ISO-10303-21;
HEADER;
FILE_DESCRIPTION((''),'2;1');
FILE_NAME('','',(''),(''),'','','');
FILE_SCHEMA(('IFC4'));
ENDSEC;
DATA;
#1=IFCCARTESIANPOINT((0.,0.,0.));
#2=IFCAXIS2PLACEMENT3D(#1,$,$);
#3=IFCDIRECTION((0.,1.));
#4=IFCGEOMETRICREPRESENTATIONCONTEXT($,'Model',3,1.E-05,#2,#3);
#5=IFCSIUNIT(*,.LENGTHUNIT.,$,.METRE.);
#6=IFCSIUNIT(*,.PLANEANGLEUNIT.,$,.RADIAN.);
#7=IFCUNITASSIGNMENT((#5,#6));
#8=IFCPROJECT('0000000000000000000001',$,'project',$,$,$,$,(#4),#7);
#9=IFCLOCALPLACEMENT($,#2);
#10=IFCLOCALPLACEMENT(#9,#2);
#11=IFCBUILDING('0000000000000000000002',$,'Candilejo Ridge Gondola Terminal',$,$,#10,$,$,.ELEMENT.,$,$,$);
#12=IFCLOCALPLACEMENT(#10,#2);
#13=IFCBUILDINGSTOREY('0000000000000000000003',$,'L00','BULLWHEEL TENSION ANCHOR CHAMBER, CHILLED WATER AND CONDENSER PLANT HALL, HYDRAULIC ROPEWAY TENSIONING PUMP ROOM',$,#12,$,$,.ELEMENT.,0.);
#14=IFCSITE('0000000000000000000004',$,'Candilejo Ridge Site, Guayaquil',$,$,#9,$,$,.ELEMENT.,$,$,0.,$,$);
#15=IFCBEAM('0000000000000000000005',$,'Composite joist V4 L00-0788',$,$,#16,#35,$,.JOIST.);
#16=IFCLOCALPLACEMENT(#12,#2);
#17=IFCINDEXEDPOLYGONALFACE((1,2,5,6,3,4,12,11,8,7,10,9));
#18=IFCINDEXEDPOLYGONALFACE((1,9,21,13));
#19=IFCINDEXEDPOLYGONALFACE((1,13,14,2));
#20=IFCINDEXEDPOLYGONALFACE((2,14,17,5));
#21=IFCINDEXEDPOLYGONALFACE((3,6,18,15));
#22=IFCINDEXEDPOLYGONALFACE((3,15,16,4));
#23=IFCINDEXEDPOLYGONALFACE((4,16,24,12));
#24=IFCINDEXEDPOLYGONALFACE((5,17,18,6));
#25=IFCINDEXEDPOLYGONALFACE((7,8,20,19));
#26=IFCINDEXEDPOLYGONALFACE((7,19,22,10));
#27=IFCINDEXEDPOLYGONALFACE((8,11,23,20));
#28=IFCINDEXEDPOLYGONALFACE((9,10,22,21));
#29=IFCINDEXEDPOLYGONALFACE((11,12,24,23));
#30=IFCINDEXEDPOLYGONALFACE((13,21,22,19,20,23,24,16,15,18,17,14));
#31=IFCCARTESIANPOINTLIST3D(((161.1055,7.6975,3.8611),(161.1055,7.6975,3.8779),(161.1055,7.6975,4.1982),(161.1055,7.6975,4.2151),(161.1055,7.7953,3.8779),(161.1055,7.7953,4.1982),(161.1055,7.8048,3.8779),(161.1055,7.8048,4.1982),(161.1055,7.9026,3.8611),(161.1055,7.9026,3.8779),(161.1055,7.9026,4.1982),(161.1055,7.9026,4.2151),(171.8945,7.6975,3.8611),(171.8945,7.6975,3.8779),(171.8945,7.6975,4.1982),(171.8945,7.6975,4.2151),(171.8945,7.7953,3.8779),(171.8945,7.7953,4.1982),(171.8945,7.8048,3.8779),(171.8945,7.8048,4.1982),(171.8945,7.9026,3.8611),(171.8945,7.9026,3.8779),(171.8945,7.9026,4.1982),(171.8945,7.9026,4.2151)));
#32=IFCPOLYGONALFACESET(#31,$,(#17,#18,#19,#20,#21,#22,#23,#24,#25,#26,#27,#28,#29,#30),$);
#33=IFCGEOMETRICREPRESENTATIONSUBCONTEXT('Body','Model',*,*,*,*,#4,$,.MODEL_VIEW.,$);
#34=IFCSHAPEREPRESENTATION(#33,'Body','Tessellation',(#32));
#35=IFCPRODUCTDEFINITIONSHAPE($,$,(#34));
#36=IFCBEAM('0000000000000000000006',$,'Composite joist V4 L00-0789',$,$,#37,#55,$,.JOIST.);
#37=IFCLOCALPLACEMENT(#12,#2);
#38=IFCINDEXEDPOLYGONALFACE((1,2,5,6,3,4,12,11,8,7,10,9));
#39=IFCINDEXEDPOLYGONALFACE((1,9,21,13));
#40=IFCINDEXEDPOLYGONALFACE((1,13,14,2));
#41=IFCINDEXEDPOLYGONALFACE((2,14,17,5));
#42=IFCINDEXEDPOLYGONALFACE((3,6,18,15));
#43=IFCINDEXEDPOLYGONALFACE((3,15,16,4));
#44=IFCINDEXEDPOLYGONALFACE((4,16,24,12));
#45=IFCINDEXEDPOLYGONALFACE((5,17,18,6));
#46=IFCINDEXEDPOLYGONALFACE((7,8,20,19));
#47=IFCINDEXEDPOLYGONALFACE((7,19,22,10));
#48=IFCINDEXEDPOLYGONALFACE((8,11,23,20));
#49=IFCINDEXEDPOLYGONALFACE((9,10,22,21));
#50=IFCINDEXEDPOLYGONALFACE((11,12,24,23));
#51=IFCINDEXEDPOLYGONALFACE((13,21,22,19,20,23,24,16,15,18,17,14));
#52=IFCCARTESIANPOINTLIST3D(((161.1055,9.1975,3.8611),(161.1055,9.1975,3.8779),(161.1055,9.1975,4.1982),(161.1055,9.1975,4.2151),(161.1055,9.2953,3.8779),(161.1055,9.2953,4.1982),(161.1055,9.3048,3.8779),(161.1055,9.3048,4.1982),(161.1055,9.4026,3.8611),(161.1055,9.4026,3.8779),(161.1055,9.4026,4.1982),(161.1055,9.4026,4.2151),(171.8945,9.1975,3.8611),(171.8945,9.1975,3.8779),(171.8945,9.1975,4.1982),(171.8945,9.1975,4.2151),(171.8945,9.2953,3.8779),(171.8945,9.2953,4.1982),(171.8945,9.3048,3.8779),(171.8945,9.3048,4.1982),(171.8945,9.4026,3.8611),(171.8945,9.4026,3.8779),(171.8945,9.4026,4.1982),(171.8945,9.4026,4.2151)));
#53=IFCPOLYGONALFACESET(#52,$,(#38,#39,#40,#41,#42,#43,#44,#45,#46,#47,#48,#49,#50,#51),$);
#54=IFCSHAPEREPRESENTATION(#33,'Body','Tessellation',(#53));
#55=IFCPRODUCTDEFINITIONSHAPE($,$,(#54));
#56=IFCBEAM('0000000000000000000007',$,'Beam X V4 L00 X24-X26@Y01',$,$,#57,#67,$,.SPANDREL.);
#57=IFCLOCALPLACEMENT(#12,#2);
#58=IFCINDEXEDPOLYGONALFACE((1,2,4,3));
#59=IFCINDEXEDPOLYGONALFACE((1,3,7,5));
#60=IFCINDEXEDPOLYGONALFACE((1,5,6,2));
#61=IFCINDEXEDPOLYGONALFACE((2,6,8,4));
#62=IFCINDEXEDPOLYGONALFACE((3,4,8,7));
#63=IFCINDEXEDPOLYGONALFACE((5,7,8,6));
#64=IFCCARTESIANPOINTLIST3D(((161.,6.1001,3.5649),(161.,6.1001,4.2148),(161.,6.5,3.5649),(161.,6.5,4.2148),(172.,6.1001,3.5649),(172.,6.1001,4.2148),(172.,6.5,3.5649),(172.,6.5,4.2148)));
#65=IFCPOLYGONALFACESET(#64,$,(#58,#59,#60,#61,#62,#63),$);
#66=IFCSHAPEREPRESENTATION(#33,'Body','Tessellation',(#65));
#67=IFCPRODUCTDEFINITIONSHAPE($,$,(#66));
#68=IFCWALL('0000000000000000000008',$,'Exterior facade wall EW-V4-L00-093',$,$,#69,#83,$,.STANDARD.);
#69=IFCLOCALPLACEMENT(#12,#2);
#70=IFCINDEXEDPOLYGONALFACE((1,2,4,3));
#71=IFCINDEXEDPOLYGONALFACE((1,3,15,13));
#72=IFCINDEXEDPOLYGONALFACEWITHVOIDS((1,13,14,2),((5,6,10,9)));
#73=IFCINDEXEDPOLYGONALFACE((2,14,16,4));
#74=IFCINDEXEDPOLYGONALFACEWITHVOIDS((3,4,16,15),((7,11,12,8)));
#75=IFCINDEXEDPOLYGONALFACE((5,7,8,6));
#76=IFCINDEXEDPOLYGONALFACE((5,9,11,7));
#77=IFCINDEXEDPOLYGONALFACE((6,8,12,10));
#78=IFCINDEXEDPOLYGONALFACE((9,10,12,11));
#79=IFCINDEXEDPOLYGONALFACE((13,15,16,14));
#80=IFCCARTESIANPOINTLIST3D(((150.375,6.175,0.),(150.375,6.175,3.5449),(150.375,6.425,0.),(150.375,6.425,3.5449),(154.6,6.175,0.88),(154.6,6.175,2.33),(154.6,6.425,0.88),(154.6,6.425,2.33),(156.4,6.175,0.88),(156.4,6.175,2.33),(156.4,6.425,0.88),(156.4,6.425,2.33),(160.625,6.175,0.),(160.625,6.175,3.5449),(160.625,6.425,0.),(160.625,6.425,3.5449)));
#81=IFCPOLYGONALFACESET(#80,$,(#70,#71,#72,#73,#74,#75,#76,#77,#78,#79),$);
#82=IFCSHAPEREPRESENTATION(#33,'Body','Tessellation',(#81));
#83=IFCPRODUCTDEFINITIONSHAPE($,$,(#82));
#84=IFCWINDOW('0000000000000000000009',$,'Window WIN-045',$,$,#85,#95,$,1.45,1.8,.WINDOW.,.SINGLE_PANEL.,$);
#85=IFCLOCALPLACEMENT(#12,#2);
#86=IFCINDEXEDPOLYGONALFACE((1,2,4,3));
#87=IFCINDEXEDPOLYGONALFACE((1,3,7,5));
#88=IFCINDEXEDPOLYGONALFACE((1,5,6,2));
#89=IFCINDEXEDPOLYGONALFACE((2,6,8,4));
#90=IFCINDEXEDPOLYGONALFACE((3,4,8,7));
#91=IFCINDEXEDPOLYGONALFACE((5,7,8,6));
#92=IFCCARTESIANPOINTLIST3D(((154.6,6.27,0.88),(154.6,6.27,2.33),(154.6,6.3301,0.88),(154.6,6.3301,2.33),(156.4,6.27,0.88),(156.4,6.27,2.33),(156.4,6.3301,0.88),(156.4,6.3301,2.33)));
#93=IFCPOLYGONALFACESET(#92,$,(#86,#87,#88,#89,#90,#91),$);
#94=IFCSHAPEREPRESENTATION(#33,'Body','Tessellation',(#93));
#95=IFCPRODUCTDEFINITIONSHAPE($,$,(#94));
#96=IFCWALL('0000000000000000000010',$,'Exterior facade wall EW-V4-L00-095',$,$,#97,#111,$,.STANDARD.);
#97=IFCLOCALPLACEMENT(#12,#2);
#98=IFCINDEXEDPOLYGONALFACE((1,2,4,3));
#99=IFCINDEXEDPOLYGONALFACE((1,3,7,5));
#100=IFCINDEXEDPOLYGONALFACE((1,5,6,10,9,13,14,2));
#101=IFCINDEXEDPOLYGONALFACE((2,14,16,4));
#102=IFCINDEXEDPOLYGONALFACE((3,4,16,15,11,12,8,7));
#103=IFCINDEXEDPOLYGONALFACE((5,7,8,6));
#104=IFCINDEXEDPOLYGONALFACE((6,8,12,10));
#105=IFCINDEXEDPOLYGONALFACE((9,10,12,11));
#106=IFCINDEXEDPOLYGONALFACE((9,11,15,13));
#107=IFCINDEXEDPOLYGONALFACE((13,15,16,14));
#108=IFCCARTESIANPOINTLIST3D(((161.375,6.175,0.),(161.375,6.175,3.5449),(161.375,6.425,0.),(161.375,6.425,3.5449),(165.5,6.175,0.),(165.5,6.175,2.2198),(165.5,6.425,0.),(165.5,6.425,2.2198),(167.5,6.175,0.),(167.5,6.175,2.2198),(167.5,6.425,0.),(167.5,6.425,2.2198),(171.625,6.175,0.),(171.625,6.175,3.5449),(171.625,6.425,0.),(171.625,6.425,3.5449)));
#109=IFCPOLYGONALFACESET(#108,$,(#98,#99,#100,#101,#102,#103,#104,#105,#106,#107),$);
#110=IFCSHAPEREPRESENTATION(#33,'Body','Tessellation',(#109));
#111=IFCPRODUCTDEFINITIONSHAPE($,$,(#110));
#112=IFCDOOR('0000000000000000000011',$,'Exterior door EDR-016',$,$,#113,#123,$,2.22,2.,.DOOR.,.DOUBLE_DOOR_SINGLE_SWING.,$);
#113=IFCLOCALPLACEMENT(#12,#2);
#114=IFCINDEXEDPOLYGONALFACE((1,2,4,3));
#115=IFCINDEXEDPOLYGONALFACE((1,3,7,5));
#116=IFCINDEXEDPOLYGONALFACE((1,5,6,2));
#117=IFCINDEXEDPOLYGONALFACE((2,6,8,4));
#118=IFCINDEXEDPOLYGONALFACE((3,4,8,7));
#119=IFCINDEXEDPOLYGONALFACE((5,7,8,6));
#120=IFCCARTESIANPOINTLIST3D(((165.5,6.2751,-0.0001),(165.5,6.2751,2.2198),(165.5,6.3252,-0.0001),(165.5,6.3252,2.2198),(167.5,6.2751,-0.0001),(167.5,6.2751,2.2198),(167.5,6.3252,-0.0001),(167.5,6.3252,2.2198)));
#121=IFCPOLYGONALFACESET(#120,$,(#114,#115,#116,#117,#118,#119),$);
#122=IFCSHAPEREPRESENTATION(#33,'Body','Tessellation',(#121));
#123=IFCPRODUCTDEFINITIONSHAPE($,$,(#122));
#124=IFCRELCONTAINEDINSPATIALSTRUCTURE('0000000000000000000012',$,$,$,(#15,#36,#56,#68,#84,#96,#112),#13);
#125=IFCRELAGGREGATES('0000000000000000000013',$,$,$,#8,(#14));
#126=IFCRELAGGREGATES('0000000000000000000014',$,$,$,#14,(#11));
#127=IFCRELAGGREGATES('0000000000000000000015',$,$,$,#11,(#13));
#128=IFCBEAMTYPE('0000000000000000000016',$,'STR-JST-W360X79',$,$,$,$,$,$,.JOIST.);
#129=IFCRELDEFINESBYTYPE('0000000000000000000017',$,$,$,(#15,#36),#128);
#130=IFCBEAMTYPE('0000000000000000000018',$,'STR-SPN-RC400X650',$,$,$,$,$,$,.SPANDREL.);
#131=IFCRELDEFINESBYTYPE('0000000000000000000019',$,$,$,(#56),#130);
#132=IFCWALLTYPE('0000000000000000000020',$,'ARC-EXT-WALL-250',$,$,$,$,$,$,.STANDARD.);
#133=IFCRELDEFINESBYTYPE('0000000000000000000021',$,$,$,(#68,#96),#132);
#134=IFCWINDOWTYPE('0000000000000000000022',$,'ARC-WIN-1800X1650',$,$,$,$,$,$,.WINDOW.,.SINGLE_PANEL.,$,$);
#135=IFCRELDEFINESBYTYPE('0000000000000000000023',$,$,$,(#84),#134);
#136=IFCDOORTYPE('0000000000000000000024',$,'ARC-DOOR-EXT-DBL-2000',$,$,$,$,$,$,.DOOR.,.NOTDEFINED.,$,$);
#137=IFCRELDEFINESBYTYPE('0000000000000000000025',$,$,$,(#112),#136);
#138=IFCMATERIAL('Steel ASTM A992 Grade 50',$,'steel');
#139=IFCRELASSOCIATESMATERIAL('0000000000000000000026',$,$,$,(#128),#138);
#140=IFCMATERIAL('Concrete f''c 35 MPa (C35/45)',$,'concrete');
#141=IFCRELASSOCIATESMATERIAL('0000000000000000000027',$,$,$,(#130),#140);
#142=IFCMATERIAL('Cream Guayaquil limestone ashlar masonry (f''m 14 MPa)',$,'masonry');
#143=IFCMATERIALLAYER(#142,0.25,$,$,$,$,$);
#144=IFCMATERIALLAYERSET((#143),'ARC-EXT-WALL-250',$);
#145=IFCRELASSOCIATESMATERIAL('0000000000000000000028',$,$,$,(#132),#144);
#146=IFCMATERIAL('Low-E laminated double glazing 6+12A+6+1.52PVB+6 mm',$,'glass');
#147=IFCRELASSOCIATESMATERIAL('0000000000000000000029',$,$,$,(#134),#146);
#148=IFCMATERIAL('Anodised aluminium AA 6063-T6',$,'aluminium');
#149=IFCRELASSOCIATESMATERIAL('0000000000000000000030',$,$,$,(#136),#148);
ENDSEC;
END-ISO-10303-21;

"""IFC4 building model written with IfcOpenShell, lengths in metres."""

from ifc_helpers import new_model, si_unit, direction, frame, frame_2d, origin, origin_2d, place, context, subcontext, project, spatial, rectangle, i_section, extrude, material, layer, layer_set, material_profile, profile_set, type_object, element, fill, save


model = new_model("IFC4")

# Units and contexts
model_context = context("Model", 3, precision=1e-05, world=origin(), true_north=direction((0.0, 1.0)))
body_context = subcontext(model_context, "Body", "Model", "MODEL_VIEW")
ifc_project = project(units=[si_unit("LENGTHUNIT", "METRE"), si_unit("PLANEANGLEUNIT", "RADIAN")], contexts=[model_context])

# Site, building, storey
site_placement = place(None, origin())
site = spatial("IfcSite", under=ifc_project, at=site_placement, Name="Candilejo Ridge Site, Guayaquil", CompositionType="ELEMENT", RefElevation=0.0)
building_placement = place(site_placement, origin())
building = spatial("IfcBuilding", under=site, at=building_placement, Name="Candilejo Ridge Gondola Terminal", CompositionType="ELEMENT")
storey_placement = place(building_placement, origin())
storey = spatial("IfcBuildingStorey", under=building, at=storey_placement, Name="L00", Description="BULLWHEEL TENSION ANCHOR CHAMBER, CHILLED WATER AND CONDENSER PLANT HALL, HYDRAULIC ROPEWAY TENSIONING PUMP ROOM", CompositionType="ELEMENT", Elevation=0.0)

# Beams
ifc_material_1 = material(Name="Steel ASTM A992 Grade 50", Category="steel")
ifc_material_profile_1 = material_profile(ifc_material_1, i_section(OverallWidth=0.2051, OverallDepth=0.354, WebThickness=0.0095, FlangeThickness=0.0168, at=origin_2d()))
ifc_profile_set_1 = profile_set([ifc_material_profile_1], Name="Steel ASTM A992 Grade 50")
beam_type_1 = type_object("IfcBeamType", Name="STR-JST-W360X79", PredefinedType="JOIST", material=ifc_profile_set_1)
for number, where, z_axis, x_axis, name in (
    (1, (161.1055, 7.8, 4.0381), (1.0, 0.0, 0.0), (0.0, 1.0, 0.0), "Composite joist V4 L00-0788"),
    (2, (161.1055, 9.3, 4.0381), (1.0, 0.0, 0.0), (0.0, 1.0, 0.0), "Composite joist V4 L00-0789"),
):
    element("IfcBeam", number, at=place(storey_placement, frame(where, z_axis=z_axis, x_axis=x_axis)), inside=storey, type_object=beam_type_1, Name=name, PredefinedType="JOIST", context=body_context, shape_type="SweptSolid", body=[
        extrude(i_section(OverallWidth=0.2051, OverallDepth=0.354, WebThickness=0.0095, FlangeThickness=0.0168, at=origin_2d()), origin(), (0.0, 0.0, 1.0), 10.7891),
    ])
ifc_material_2 = material(Name="Concrete f'c 35 MPa (C35/45)", Category="concrete")
ifc_material_profile_2 = material_profile(ifc_material_2, rectangle(XDim=0.3999, YDim=0.6499, at=origin_2d()))
ifc_profile_set_2 = profile_set([ifc_material_profile_2], Name="Concrete f'c 35 MPa (C35/45)")
beam_type_2 = type_object("IfcBeamType", Name="STR-SPN-RC400X650", PredefinedType="SPANDREL", material=ifc_profile_set_2)
beam_1_placement = place(storey_placement, frame((161.0, 6.3, 3.8899), z_axis=(1.0, 0.0, 0.0), x_axis=(0.0, 1.0, 0.0)))
element("IfcBeam", 3, at=beam_1_placement, inside=storey, type_object=beam_type_2, Name="Beam X V4 L00 X24-X26@Y01", PredefinedType="SPANDREL", context=body_context, shape_type="SweptSolid", body=[
    extrude(rectangle(XDim=0.3999, YDim=0.6499, at=origin_2d()), origin(), (0.0, 0.0, 1.0), 11.0),
])

# Wall, opening, window
ifc_material_3 = material(Name="Cream Guayaquil limestone ashlar masonry (f'm 14 MPa)", Category="masonry")
ifc_layer = layer(ifc_material_3, 0.25)
ifc_layer_set = layer_set([ifc_layer], Name="ARC-EXT-WALL-250")
wall_type = type_object("IfcWallType", Name="ARC-EXT-WALL-250", PredefinedType="STANDARD", material=ifc_layer_set)
wall_1_placement = place(storey_placement, frame((160.625, 6.3, 0.0), z_axis=(0.0, 0.0, 1.0), x_axis=(-1.0, 0.0, 0.0)))
wall_1 = element("IfcWall", 4, at=wall_1_placement, inside=storey, type_object=wall_type, Name="Exterior facade wall EW-V4-L00-093", PredefinedType="STANDARD", context=body_context, shape_type="SweptSolid", body=[
    extrude(rectangle(XDim=10.25, YDim=0.25, at=frame_2d((5.125, 0.0))), origin(), (0.0, 0.0, 1.0), 3.5449),
])
opening_1_placement = place(wall_1_placement, frame((4.2251, 0.0, 0.8799)))
opening_1 = element("IfcOpeningElement", 5, at=opening_1_placement, cuts=wall_1, PredefinedType="OPENING", context=body_context, shape_type="SweptSolid", body=[
    extrude(rectangle(XDim=1.8, YDim=1.45, at=frame_2d((0.8999, 0.7251))), frame((0.0, 0.135, 0.0), z_axis=(0.0, -1.0, 0.0), x_axis=(1.0, 0.0, 0.0)), (0.0, 0.0, 1.0), 0.27),
])
ifc_material_4 = material(Name="Low-E laminated double glazing 6+12A+6+1.52PVB+6 mm", Category="glass")
window_type = type_object("IfcWindowType", Name="ARC-WIN-1800X1650", PartitioningType="SINGLE_PANEL", PredefinedType="WINDOW", material=ifc_material_4)
window_placement = place(opening_1_placement, origin())
window = element("IfcWindow", 6, at=window_placement, inside=storey, type_object=window_type, Name="Window WIN-045", OverallHeight=1.45, OverallWidth=1.8, PartitioningType="SINGLE_PANEL", PredefinedType="WINDOW", context=body_context, shape_type="SweptSolid", body=[
    extrude(rectangle(XDim=1.8, YDim=1.45, at=frame_2d((0.8999, 0.7251))), frame((0.0, 0.03, 0.0), z_axis=(0.0, -1.0, 0.0), x_axis=(1.0, 0.0, 0.0)), (0.0, 0.0, 1.0), 0.0601),
])
fill(opening_1, window)

# Wall, opening, door
wall_2_placement = place(storey_placement, frame((171.625, 6.3, 0.0), z_axis=(0.0, 0.0, 1.0), x_axis=(-1.0, 0.0, 0.0)))
wall_2 = element("IfcWall", 7, at=wall_2_placement, inside=storey, type_object=wall_type, Name="Exterior facade wall EW-V4-L00-095", PredefinedType="STANDARD", context=body_context, shape_type="SweptSolid", body=[
    extrude(rectangle(XDim=10.25, YDim=0.25, at=frame_2d((5.125, 0.0))), origin(), (0.0, 0.0, 1.0), 3.5449),
])
opening_2_placement = place(wall_2_placement, frame((4.125, 0.0, 0.0)))
opening_2 = element("IfcOpeningElement", 8, at=opening_2_placement, cuts=wall_2, PredefinedType="OPENING", context=body_context, shape_type="SweptSolid", body=[
    extrude(rectangle(XDim=2.0, YDim=2.22, at=frame_2d((1.0, 1.1099))), frame((0.0, 0.135, 0.0), z_axis=(0.0, -1.0, 0.0), x_axis=(1.0, 0.0, 0.0)), (0.0, 0.0, 1.0), 0.27),
])
ifc_material_5 = material(Name="Anodised aluminium AA 6063-T6", Category="aluminium")
door_type = type_object("IfcDoorType", Name="ARC-DOOR-EXT-DBL-2000", OperationType="NOTDEFINED", PredefinedType="DOOR", material=ifc_material_5)
door_placement = place(opening_2_placement, origin())
door = element("IfcDoor", 9, at=door_placement, inside=storey, type_object=door_type, Name="Exterior door EDR-016", OperationType="DOUBLE_DOOR_SINGLE_SWING", OverallHeight=2.22, OverallWidth=2.0, PredefinedType="DOOR", context=body_context, shape_type="SweptSolid", body=[
    extrude(rectangle(XDim=2.0, YDim=2.22, at=frame_2d((1.0, 1.1099))), frame((0.0, 0.0249, 0.0), z_axis=(0.0, -1.0, 0.0), x_axis=(1.0, 0.0, 0.0)), (0.0, 0.0, 1.0), 0.05),
])
fill(opening_2, door)

save(model, "model.ifc")
